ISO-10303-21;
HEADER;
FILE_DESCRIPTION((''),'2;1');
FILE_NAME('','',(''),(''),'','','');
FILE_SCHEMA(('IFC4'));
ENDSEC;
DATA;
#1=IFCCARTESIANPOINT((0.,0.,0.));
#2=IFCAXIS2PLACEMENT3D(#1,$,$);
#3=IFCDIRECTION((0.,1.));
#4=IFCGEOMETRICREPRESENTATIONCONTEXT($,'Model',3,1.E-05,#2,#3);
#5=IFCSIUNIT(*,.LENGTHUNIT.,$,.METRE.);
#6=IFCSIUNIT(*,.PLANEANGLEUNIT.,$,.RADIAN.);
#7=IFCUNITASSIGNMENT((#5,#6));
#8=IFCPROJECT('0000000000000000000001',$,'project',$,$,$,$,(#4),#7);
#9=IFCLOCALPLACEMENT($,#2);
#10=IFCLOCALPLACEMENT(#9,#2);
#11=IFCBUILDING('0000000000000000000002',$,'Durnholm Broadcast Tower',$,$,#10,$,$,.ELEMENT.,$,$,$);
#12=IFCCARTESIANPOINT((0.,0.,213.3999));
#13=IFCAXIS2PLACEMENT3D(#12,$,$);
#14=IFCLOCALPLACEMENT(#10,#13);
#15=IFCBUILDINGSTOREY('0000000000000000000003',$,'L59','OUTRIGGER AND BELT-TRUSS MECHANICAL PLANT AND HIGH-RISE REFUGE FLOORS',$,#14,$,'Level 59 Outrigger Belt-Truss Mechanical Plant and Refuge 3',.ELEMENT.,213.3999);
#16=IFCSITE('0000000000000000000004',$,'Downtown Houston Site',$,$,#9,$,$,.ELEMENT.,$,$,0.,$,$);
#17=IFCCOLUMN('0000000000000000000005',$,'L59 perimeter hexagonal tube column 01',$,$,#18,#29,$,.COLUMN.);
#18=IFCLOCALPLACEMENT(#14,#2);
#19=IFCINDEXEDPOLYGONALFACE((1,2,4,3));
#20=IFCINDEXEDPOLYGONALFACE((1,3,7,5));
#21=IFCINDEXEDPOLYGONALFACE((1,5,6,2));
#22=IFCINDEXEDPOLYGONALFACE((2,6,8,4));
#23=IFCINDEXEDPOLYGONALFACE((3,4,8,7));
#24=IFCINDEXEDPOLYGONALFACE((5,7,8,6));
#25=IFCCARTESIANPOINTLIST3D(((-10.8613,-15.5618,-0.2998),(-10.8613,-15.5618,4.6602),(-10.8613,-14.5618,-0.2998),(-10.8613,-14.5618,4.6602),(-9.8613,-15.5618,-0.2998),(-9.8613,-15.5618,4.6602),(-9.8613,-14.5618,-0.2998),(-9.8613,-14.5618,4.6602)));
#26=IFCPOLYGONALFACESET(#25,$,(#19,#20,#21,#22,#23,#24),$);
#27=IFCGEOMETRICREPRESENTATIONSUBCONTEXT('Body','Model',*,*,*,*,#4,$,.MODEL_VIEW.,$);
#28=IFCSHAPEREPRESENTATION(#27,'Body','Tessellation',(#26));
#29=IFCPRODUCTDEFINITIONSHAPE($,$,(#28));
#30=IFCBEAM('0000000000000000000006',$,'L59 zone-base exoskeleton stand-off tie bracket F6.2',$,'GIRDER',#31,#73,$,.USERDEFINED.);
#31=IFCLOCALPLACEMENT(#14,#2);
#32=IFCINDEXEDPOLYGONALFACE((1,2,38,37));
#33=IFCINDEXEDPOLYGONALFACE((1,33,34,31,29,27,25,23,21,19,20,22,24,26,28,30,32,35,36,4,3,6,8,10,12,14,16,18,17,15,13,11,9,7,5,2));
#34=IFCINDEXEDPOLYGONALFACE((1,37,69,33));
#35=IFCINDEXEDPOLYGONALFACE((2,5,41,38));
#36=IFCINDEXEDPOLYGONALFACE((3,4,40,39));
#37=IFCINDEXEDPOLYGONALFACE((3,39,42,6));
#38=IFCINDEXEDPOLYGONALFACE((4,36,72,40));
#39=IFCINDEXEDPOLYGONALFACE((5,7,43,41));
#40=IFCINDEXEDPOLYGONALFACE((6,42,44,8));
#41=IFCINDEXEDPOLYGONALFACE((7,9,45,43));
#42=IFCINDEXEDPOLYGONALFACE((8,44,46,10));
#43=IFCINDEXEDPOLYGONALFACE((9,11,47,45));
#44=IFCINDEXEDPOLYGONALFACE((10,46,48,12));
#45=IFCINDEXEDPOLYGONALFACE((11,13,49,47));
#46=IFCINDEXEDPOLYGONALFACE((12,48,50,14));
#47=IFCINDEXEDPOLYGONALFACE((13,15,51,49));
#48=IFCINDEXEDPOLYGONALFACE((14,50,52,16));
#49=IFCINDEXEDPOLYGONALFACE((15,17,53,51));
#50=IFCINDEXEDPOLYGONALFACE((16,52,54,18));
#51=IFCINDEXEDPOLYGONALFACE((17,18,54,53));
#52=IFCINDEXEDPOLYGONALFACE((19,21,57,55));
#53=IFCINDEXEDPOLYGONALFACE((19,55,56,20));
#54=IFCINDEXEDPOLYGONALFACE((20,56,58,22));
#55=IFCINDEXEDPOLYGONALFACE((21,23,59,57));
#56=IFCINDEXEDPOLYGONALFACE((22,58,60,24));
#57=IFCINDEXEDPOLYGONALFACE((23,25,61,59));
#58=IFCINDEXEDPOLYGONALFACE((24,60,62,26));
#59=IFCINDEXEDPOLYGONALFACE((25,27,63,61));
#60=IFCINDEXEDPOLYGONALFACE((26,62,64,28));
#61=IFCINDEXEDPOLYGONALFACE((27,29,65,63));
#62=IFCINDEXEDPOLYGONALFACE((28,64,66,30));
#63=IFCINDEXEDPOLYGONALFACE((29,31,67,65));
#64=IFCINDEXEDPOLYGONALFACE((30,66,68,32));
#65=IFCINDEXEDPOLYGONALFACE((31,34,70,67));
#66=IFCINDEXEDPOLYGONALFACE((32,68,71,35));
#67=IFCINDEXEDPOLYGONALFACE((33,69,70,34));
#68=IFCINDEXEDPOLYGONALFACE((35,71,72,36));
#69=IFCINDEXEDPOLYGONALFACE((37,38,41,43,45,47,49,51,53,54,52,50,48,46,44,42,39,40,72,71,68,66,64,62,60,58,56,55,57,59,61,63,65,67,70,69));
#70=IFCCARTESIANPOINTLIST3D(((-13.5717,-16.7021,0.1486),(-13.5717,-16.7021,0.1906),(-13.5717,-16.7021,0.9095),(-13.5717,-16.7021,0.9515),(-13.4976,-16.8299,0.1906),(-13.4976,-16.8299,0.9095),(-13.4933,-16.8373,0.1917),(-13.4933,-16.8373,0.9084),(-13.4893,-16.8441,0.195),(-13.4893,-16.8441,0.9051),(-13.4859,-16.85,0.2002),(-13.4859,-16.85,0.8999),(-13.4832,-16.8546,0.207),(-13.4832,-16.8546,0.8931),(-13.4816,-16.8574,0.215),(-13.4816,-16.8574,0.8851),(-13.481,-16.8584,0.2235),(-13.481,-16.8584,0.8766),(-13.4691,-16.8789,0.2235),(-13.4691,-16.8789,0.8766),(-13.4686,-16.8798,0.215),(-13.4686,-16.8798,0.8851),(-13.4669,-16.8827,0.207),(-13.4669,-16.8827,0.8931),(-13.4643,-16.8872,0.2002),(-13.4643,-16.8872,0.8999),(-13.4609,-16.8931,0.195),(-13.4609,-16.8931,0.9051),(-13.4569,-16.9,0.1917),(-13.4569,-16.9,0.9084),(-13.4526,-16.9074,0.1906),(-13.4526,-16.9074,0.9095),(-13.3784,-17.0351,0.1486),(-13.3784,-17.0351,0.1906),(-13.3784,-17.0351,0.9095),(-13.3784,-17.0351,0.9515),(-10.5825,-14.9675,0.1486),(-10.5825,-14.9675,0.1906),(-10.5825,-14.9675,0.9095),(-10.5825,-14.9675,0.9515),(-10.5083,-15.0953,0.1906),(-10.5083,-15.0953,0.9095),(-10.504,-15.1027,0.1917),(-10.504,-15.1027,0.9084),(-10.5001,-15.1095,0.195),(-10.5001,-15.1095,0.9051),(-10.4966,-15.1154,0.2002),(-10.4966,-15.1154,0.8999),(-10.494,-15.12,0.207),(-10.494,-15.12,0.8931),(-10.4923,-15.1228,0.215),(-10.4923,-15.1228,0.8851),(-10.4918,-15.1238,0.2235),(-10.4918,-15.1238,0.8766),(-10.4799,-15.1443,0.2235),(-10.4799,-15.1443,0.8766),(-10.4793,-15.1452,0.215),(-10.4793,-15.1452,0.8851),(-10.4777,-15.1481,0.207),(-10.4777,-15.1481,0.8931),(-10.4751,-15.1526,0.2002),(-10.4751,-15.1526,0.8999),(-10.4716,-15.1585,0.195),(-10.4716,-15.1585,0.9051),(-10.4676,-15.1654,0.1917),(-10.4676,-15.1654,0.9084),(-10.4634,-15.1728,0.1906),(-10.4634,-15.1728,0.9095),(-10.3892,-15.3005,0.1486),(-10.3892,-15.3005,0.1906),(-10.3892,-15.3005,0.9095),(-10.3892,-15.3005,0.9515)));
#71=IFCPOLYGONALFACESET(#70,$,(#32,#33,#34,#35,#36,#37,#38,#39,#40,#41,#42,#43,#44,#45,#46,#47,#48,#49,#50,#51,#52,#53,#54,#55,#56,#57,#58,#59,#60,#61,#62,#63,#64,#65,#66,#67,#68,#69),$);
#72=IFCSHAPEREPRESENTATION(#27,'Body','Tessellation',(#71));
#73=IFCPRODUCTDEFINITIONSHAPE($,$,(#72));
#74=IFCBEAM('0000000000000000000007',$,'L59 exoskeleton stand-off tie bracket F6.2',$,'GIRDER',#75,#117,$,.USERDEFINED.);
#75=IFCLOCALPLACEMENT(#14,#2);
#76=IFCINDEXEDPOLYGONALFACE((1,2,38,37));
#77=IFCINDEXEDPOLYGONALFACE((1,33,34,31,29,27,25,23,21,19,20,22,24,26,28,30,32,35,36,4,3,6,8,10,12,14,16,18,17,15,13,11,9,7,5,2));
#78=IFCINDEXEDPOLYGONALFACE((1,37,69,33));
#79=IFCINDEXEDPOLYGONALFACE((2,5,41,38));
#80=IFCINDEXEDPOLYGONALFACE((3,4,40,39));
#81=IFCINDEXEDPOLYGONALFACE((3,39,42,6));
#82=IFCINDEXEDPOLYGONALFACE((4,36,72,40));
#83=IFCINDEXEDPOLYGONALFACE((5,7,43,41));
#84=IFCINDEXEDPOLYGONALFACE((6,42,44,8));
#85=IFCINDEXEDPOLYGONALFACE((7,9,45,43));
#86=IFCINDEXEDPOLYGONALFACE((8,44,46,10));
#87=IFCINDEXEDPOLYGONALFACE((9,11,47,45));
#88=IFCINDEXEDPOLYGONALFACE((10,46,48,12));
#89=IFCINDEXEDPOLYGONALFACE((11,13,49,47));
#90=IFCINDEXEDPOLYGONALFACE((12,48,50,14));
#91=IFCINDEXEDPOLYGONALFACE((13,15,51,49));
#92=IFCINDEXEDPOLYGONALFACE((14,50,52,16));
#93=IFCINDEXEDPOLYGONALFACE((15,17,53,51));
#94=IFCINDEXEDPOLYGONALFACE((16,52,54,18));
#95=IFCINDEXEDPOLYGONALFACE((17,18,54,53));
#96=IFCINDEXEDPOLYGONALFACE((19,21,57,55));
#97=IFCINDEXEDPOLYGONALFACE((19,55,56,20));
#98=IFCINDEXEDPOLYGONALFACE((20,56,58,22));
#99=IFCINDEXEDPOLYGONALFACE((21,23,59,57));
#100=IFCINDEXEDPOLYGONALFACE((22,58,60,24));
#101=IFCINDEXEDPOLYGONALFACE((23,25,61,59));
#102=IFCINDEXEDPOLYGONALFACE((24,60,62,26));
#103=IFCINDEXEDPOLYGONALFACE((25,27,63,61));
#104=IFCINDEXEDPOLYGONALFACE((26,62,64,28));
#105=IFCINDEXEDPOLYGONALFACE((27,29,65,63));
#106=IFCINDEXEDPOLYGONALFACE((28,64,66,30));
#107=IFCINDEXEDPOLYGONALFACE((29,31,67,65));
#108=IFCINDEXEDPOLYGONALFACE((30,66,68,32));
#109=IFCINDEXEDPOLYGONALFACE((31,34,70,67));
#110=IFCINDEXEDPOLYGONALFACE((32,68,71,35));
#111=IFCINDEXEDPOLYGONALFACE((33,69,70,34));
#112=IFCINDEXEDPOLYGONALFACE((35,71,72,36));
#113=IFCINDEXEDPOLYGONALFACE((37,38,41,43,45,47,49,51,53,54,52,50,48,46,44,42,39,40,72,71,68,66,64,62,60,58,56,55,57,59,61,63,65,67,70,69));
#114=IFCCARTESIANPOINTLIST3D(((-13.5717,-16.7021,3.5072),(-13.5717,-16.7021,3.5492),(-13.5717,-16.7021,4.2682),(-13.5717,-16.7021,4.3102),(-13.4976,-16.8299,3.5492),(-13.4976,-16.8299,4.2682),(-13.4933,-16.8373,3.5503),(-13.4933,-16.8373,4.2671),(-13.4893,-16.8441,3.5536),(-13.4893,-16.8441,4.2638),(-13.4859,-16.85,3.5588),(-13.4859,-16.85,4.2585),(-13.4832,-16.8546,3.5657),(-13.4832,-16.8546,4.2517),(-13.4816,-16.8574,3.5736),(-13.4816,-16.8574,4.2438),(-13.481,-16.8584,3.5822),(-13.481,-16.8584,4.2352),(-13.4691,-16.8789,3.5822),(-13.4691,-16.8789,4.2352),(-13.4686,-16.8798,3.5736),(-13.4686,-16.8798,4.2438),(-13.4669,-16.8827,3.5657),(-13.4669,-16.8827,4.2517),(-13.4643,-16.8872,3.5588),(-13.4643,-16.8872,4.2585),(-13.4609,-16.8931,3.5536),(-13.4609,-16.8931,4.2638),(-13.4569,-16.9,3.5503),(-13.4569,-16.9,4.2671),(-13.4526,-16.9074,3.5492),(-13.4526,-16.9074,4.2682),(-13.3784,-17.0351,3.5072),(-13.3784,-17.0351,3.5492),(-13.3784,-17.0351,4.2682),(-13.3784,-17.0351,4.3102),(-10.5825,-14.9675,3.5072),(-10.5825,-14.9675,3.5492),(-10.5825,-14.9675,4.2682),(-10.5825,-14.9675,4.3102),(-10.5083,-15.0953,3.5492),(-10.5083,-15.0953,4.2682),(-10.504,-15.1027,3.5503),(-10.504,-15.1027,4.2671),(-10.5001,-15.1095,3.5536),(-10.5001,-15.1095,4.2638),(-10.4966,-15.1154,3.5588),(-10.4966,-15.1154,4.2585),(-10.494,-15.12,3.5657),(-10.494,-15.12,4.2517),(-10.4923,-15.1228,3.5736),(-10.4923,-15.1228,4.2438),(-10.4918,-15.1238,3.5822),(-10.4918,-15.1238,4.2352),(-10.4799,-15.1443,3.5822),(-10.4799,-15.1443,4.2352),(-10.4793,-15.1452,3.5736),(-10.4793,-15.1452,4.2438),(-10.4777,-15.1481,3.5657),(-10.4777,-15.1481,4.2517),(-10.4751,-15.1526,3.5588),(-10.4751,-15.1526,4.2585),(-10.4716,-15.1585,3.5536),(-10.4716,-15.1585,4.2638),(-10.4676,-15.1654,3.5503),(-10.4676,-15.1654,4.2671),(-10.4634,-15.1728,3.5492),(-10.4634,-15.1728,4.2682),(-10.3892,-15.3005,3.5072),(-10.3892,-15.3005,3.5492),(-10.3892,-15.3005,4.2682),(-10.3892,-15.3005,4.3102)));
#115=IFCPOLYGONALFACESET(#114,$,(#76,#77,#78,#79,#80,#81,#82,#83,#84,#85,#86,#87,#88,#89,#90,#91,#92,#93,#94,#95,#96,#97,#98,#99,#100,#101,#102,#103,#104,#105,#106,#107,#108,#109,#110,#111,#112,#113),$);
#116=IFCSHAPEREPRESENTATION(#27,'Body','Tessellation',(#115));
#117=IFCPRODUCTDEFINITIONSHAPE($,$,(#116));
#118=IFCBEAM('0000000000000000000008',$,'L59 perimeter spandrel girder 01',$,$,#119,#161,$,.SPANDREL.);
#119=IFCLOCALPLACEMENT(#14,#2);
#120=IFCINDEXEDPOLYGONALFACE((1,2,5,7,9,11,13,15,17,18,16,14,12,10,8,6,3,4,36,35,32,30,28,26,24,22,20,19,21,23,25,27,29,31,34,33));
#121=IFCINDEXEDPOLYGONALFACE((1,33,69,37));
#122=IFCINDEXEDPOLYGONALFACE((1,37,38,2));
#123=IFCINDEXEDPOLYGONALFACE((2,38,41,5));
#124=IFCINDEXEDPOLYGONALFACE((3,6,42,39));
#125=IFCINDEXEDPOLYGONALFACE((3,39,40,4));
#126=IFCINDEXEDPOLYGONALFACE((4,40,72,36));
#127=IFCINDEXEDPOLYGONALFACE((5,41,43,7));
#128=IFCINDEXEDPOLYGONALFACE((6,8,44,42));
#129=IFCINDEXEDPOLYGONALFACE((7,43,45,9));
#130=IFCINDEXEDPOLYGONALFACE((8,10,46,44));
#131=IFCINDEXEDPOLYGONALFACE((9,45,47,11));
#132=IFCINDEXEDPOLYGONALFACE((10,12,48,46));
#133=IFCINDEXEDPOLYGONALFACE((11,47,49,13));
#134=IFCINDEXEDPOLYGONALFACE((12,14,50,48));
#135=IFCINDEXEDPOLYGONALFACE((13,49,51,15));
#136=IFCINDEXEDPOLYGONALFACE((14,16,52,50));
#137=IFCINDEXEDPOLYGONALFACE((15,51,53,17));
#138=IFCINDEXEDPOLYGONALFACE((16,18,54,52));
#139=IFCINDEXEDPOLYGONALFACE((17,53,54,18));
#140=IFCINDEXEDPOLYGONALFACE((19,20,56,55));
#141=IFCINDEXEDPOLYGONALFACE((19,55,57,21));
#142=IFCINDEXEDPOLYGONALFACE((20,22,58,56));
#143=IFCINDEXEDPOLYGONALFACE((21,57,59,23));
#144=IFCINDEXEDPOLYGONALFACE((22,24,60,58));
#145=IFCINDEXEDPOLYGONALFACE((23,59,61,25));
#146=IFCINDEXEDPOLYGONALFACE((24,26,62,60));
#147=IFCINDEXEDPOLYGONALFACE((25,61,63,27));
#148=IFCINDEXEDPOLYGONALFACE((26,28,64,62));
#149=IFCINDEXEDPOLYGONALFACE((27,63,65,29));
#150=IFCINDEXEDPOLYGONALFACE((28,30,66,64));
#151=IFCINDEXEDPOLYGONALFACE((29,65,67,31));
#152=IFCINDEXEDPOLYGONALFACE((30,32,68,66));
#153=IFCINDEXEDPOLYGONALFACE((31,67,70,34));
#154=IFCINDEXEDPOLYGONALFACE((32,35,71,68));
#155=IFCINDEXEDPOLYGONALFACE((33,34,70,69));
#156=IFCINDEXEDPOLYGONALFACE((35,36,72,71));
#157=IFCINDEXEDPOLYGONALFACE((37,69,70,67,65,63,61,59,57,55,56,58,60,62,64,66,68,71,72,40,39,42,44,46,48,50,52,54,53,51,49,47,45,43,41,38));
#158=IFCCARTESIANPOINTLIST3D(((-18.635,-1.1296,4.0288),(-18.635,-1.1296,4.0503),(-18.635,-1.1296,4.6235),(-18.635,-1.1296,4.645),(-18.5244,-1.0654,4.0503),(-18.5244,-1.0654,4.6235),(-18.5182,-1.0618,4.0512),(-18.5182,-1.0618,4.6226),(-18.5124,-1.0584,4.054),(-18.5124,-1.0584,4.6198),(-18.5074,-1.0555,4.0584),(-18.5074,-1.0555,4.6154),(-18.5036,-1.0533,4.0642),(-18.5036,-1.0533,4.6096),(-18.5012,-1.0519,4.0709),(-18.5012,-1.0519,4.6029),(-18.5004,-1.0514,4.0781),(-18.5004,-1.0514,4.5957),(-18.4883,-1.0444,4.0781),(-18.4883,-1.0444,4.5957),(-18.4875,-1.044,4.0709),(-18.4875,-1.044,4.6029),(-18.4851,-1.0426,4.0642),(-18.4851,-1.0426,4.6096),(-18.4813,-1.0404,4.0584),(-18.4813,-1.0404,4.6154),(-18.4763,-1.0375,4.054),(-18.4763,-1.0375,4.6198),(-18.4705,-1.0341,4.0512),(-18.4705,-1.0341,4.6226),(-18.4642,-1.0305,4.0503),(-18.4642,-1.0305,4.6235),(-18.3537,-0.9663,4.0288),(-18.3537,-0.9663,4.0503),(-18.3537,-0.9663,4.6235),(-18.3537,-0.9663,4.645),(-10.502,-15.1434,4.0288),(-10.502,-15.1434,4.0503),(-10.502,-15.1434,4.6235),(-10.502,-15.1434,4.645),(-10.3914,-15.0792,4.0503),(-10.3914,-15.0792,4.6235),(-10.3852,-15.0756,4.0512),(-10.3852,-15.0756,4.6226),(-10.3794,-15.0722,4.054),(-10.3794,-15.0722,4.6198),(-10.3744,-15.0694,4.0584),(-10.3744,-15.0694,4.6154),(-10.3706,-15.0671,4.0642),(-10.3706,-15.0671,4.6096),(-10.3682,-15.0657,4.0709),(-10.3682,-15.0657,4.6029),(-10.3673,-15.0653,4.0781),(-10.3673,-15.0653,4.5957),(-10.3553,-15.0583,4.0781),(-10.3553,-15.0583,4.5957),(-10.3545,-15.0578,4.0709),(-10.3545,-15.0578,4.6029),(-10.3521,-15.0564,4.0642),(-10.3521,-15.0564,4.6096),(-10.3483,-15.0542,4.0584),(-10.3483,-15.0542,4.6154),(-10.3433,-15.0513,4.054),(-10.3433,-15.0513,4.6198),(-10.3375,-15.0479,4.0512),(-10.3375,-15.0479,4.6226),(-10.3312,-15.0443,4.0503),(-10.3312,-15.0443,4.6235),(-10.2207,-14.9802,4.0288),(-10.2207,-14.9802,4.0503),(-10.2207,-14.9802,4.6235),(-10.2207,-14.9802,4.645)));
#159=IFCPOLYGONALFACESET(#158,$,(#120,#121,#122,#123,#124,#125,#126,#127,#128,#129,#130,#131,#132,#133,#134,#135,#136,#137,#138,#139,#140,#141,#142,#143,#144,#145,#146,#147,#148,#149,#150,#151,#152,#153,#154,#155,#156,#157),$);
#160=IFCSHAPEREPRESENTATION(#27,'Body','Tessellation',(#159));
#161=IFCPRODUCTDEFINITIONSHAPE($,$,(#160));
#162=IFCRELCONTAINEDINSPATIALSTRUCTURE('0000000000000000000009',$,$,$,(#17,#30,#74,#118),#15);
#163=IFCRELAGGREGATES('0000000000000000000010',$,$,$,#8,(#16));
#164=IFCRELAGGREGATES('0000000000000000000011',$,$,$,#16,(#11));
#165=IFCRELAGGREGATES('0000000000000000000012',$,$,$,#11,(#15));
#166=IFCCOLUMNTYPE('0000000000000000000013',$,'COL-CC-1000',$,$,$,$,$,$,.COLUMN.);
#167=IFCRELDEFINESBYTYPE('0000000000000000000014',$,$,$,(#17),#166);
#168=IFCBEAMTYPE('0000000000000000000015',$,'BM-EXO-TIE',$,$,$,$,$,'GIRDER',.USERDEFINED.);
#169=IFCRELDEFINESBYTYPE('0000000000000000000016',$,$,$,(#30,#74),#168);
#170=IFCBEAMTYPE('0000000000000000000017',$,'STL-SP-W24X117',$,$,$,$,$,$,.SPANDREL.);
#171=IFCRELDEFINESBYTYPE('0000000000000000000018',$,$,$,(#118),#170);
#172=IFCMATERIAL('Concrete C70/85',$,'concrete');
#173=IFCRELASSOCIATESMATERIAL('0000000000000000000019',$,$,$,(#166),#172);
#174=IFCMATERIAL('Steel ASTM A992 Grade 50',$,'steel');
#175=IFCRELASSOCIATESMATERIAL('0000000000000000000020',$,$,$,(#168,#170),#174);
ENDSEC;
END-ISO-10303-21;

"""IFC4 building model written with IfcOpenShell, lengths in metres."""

from ifc_helpers import new_model, si_unit, direction, frame, origin, origin_2d, place, context, subcontext, project, spatial, rectangle, i_section, extrude, source, transform, mapped, material, material_profile, profile_set, type_object, type_shapes, element, save


model = new_model("IFC4")

# Units and contexts
model_context = context("Model", 3, precision=1e-05, world=origin(), true_north=direction((0.0, 1.0)))
body_context = subcontext(model_context, "Body", "Model", "MODEL_VIEW")
ifc_project = project(units=[si_unit("LENGTHUNIT", "METRE"), si_unit("PLANEANGLEUNIT", "RADIAN")], contexts=[model_context])

# Site, building, storey
site_placement = place(None, origin())
site = spatial("IfcSite", under=ifc_project, at=site_placement, Name="Downtown Houston Site", CompositionType="ELEMENT", RefElevation=0.0)
building_placement = place(site_placement, origin())
building = spatial("IfcBuilding", under=site, at=building_placement, Name="Durnholm Broadcast Tower", CompositionType="ELEMENT")
storey_placement = place(building_placement, frame((0.0, 0.0, 213.3999)))
storey = spatial("IfcBuildingStorey", under=building, at=storey_placement, Name="L59", Description="OUTRIGGER AND BELT-TRUSS MECHANICAL PLANT AND HIGH-RISE REFUGE FLOORS", LongName="Level 59 Outrigger Belt-Truss Mechanical Plant and Refuge 3", CompositionType="ELEMENT", Elevation=213.3999)

# Column
ifc_material_1 = material(Name="Concrete C70/85", Category="concrete")
ifc_material_profile_1 = material_profile(ifc_material_1, rectangle(XDim=1.0, YDim=1.0, at=origin_2d()), Name="RC1000X1000")
ifc_profile_set_1 = profile_set([ifc_material_profile_1], Name="Concrete C70/85")
column_type = type_object("IfcColumnType", Name="COL-CC-1000", PredefinedType="COLUMN", material=ifc_profile_set_1)
shared_shape_1 = source(origin(), body_context, "Body", "SweptSolid", [
    extrude(rectangle(XDim=1.0, YDim=1.0, at=origin_2d()), origin(), (0.0, 0.0, 1.0), 4.96),
])
type_shapes(column_type, [shared_shape_1])
column_placement = place(storey_placement, frame((-10.3613, -15.0618, -0.2998), z_axis=(0.0, 0.0, 1.0), x_axis=(1.0, 0.0, 0.0)))
element("IfcColumn", 1, at=column_placement, inside=storey, type_object=column_type, Name="L59 perimeter hexagonal tube column 01", PredefinedType="COLUMN", context=body_context, shape_type="MappedRepresentation", body=[
    mapped(shared_shape_1, transform((0.0, 0.0, 0.0), x_axis=(1.0, 0.0, 0.0), y_axis=(0.0, 1.0, 0.0), z_axis=(0.0, 0.0, 1.0), scale=1.0)),
])

# Beams
ifc_material_2 = material(Name="Steel ASTM A992 Grade 50", Category="steel")
ifc_material_profile_2 = material_profile(ifc_material_2, i_section(OverallWidth=0.385, OverallDepth=0.803, WebThickness=0.0237, FlangeThickness=0.042, FilletRadius=0.033, at=origin_2d()), Name="W30X261")
ifc_profile_set_2 = profile_set([ifc_material_profile_2], Name="Steel ASTM A992 Grade 50")
beam_type_1 = type_object("IfcBeamType", Name="BM-EXO-TIE", ElementType="GIRDER", PredefinedType="USERDEFINED", material=ifc_profile_set_2)
shared_shape_2 = source(origin(), body_context, "Body", "SweptSolid", [
    extrude(i_section(OverallWidth=0.385, OverallDepth=0.803, WebThickness=0.0237, FlangeThickness=0.042, FilletRadius=0.033, at=origin_2d()), origin(), (0.0, 0.0, 1.0), 3.4561),
])
type_shapes(beam_type_1, [shared_shape_2])
for number, where, z_axis, x_axis, name in (
    (2, (-10.4858, -15.134, 0.55), (-0.864924, -0.501902, 0.0), (0.501902, -0.864924, 0.0), "L59 zone-base exoskeleton stand-off tie bracket F6.2"),
    (3, (-10.4858, -15.134, 3.9087), (-0.864924, -0.501902, 0.0), (0.501902, -0.864924, 0.0), "L59 exoskeleton stand-off tie bracket F6.2"),
):
    element("IfcBeam", number, at=place(storey_placement, frame(where, z_axis=z_axis, x_axis=x_axis)), inside=storey, type_object=beam_type_1, Name=name, ObjectType="GIRDER", PredefinedType="USERDEFINED", context=body_context, shape_type="MappedRepresentation", body=[
        mapped(shared_shape_2, transform((0.0, 0.0, 0.0), x_axis=(1.0, 0.0, 0.0), y_axis=(0.0, 1.0, 0.0), z_axis=(0.0, 0.0, 1.0), scale=1.0)),
    ])
ifc_material_profile_3 = material_profile(ifc_material_2, i_section(OverallWidth=0.3252, OverallDepth=0.6162, WebThickness=0.0139, FlangeThickness=0.0215, FilletRadius=0.0278, at=origin_2d()), Name="W24X117")
ifc_profile_set_3 = profile_set([ifc_material_profile_3], Name="Steel ASTM A992 Grade 50")
beam_type_2 = type_object("IfcBeamType", Name="STL-SP-W24X117", PredefinedType="SPANDREL", material=ifc_profile_set_3)
shared_shape_3 = source(origin(), body_context, "Body", "SweptSolid", [
    extrude(i_section(OverallWidth=0.3252, OverallDepth=0.6162, WebThickness=0.0139, FlangeThickness=0.0215, FilletRadius=0.0278, at=origin_2d()), origin(), (0.0, 0.0, 1.0), 16.2029),
])
type_shapes(beam_type_2, [shared_shape_3])
beam_placement = place(storey_placement, frame((-10.3613, -15.0618, 4.3369), z_axis=(-0.501948, 0.864898, 0.0), x_axis=(-0.864898, -0.501948, 0.0)))
element("IfcBeam", 4, at=beam_placement, inside=storey, type_object=beam_type_2, Name="L59 perimeter spandrel girder 01", PredefinedType="SPANDREL", context=body_context, shape_type="MappedRepresentation", body=[
    mapped(shared_shape_3, transform((0.0, 0.0, 0.0), x_axis=(1.0, 0.0, 0.0), y_axis=(0.0, 1.0, 0.0), z_axis=(0.0, 0.0, 1.0), scale=1.0)),
])

save(model, "model.ifc")
